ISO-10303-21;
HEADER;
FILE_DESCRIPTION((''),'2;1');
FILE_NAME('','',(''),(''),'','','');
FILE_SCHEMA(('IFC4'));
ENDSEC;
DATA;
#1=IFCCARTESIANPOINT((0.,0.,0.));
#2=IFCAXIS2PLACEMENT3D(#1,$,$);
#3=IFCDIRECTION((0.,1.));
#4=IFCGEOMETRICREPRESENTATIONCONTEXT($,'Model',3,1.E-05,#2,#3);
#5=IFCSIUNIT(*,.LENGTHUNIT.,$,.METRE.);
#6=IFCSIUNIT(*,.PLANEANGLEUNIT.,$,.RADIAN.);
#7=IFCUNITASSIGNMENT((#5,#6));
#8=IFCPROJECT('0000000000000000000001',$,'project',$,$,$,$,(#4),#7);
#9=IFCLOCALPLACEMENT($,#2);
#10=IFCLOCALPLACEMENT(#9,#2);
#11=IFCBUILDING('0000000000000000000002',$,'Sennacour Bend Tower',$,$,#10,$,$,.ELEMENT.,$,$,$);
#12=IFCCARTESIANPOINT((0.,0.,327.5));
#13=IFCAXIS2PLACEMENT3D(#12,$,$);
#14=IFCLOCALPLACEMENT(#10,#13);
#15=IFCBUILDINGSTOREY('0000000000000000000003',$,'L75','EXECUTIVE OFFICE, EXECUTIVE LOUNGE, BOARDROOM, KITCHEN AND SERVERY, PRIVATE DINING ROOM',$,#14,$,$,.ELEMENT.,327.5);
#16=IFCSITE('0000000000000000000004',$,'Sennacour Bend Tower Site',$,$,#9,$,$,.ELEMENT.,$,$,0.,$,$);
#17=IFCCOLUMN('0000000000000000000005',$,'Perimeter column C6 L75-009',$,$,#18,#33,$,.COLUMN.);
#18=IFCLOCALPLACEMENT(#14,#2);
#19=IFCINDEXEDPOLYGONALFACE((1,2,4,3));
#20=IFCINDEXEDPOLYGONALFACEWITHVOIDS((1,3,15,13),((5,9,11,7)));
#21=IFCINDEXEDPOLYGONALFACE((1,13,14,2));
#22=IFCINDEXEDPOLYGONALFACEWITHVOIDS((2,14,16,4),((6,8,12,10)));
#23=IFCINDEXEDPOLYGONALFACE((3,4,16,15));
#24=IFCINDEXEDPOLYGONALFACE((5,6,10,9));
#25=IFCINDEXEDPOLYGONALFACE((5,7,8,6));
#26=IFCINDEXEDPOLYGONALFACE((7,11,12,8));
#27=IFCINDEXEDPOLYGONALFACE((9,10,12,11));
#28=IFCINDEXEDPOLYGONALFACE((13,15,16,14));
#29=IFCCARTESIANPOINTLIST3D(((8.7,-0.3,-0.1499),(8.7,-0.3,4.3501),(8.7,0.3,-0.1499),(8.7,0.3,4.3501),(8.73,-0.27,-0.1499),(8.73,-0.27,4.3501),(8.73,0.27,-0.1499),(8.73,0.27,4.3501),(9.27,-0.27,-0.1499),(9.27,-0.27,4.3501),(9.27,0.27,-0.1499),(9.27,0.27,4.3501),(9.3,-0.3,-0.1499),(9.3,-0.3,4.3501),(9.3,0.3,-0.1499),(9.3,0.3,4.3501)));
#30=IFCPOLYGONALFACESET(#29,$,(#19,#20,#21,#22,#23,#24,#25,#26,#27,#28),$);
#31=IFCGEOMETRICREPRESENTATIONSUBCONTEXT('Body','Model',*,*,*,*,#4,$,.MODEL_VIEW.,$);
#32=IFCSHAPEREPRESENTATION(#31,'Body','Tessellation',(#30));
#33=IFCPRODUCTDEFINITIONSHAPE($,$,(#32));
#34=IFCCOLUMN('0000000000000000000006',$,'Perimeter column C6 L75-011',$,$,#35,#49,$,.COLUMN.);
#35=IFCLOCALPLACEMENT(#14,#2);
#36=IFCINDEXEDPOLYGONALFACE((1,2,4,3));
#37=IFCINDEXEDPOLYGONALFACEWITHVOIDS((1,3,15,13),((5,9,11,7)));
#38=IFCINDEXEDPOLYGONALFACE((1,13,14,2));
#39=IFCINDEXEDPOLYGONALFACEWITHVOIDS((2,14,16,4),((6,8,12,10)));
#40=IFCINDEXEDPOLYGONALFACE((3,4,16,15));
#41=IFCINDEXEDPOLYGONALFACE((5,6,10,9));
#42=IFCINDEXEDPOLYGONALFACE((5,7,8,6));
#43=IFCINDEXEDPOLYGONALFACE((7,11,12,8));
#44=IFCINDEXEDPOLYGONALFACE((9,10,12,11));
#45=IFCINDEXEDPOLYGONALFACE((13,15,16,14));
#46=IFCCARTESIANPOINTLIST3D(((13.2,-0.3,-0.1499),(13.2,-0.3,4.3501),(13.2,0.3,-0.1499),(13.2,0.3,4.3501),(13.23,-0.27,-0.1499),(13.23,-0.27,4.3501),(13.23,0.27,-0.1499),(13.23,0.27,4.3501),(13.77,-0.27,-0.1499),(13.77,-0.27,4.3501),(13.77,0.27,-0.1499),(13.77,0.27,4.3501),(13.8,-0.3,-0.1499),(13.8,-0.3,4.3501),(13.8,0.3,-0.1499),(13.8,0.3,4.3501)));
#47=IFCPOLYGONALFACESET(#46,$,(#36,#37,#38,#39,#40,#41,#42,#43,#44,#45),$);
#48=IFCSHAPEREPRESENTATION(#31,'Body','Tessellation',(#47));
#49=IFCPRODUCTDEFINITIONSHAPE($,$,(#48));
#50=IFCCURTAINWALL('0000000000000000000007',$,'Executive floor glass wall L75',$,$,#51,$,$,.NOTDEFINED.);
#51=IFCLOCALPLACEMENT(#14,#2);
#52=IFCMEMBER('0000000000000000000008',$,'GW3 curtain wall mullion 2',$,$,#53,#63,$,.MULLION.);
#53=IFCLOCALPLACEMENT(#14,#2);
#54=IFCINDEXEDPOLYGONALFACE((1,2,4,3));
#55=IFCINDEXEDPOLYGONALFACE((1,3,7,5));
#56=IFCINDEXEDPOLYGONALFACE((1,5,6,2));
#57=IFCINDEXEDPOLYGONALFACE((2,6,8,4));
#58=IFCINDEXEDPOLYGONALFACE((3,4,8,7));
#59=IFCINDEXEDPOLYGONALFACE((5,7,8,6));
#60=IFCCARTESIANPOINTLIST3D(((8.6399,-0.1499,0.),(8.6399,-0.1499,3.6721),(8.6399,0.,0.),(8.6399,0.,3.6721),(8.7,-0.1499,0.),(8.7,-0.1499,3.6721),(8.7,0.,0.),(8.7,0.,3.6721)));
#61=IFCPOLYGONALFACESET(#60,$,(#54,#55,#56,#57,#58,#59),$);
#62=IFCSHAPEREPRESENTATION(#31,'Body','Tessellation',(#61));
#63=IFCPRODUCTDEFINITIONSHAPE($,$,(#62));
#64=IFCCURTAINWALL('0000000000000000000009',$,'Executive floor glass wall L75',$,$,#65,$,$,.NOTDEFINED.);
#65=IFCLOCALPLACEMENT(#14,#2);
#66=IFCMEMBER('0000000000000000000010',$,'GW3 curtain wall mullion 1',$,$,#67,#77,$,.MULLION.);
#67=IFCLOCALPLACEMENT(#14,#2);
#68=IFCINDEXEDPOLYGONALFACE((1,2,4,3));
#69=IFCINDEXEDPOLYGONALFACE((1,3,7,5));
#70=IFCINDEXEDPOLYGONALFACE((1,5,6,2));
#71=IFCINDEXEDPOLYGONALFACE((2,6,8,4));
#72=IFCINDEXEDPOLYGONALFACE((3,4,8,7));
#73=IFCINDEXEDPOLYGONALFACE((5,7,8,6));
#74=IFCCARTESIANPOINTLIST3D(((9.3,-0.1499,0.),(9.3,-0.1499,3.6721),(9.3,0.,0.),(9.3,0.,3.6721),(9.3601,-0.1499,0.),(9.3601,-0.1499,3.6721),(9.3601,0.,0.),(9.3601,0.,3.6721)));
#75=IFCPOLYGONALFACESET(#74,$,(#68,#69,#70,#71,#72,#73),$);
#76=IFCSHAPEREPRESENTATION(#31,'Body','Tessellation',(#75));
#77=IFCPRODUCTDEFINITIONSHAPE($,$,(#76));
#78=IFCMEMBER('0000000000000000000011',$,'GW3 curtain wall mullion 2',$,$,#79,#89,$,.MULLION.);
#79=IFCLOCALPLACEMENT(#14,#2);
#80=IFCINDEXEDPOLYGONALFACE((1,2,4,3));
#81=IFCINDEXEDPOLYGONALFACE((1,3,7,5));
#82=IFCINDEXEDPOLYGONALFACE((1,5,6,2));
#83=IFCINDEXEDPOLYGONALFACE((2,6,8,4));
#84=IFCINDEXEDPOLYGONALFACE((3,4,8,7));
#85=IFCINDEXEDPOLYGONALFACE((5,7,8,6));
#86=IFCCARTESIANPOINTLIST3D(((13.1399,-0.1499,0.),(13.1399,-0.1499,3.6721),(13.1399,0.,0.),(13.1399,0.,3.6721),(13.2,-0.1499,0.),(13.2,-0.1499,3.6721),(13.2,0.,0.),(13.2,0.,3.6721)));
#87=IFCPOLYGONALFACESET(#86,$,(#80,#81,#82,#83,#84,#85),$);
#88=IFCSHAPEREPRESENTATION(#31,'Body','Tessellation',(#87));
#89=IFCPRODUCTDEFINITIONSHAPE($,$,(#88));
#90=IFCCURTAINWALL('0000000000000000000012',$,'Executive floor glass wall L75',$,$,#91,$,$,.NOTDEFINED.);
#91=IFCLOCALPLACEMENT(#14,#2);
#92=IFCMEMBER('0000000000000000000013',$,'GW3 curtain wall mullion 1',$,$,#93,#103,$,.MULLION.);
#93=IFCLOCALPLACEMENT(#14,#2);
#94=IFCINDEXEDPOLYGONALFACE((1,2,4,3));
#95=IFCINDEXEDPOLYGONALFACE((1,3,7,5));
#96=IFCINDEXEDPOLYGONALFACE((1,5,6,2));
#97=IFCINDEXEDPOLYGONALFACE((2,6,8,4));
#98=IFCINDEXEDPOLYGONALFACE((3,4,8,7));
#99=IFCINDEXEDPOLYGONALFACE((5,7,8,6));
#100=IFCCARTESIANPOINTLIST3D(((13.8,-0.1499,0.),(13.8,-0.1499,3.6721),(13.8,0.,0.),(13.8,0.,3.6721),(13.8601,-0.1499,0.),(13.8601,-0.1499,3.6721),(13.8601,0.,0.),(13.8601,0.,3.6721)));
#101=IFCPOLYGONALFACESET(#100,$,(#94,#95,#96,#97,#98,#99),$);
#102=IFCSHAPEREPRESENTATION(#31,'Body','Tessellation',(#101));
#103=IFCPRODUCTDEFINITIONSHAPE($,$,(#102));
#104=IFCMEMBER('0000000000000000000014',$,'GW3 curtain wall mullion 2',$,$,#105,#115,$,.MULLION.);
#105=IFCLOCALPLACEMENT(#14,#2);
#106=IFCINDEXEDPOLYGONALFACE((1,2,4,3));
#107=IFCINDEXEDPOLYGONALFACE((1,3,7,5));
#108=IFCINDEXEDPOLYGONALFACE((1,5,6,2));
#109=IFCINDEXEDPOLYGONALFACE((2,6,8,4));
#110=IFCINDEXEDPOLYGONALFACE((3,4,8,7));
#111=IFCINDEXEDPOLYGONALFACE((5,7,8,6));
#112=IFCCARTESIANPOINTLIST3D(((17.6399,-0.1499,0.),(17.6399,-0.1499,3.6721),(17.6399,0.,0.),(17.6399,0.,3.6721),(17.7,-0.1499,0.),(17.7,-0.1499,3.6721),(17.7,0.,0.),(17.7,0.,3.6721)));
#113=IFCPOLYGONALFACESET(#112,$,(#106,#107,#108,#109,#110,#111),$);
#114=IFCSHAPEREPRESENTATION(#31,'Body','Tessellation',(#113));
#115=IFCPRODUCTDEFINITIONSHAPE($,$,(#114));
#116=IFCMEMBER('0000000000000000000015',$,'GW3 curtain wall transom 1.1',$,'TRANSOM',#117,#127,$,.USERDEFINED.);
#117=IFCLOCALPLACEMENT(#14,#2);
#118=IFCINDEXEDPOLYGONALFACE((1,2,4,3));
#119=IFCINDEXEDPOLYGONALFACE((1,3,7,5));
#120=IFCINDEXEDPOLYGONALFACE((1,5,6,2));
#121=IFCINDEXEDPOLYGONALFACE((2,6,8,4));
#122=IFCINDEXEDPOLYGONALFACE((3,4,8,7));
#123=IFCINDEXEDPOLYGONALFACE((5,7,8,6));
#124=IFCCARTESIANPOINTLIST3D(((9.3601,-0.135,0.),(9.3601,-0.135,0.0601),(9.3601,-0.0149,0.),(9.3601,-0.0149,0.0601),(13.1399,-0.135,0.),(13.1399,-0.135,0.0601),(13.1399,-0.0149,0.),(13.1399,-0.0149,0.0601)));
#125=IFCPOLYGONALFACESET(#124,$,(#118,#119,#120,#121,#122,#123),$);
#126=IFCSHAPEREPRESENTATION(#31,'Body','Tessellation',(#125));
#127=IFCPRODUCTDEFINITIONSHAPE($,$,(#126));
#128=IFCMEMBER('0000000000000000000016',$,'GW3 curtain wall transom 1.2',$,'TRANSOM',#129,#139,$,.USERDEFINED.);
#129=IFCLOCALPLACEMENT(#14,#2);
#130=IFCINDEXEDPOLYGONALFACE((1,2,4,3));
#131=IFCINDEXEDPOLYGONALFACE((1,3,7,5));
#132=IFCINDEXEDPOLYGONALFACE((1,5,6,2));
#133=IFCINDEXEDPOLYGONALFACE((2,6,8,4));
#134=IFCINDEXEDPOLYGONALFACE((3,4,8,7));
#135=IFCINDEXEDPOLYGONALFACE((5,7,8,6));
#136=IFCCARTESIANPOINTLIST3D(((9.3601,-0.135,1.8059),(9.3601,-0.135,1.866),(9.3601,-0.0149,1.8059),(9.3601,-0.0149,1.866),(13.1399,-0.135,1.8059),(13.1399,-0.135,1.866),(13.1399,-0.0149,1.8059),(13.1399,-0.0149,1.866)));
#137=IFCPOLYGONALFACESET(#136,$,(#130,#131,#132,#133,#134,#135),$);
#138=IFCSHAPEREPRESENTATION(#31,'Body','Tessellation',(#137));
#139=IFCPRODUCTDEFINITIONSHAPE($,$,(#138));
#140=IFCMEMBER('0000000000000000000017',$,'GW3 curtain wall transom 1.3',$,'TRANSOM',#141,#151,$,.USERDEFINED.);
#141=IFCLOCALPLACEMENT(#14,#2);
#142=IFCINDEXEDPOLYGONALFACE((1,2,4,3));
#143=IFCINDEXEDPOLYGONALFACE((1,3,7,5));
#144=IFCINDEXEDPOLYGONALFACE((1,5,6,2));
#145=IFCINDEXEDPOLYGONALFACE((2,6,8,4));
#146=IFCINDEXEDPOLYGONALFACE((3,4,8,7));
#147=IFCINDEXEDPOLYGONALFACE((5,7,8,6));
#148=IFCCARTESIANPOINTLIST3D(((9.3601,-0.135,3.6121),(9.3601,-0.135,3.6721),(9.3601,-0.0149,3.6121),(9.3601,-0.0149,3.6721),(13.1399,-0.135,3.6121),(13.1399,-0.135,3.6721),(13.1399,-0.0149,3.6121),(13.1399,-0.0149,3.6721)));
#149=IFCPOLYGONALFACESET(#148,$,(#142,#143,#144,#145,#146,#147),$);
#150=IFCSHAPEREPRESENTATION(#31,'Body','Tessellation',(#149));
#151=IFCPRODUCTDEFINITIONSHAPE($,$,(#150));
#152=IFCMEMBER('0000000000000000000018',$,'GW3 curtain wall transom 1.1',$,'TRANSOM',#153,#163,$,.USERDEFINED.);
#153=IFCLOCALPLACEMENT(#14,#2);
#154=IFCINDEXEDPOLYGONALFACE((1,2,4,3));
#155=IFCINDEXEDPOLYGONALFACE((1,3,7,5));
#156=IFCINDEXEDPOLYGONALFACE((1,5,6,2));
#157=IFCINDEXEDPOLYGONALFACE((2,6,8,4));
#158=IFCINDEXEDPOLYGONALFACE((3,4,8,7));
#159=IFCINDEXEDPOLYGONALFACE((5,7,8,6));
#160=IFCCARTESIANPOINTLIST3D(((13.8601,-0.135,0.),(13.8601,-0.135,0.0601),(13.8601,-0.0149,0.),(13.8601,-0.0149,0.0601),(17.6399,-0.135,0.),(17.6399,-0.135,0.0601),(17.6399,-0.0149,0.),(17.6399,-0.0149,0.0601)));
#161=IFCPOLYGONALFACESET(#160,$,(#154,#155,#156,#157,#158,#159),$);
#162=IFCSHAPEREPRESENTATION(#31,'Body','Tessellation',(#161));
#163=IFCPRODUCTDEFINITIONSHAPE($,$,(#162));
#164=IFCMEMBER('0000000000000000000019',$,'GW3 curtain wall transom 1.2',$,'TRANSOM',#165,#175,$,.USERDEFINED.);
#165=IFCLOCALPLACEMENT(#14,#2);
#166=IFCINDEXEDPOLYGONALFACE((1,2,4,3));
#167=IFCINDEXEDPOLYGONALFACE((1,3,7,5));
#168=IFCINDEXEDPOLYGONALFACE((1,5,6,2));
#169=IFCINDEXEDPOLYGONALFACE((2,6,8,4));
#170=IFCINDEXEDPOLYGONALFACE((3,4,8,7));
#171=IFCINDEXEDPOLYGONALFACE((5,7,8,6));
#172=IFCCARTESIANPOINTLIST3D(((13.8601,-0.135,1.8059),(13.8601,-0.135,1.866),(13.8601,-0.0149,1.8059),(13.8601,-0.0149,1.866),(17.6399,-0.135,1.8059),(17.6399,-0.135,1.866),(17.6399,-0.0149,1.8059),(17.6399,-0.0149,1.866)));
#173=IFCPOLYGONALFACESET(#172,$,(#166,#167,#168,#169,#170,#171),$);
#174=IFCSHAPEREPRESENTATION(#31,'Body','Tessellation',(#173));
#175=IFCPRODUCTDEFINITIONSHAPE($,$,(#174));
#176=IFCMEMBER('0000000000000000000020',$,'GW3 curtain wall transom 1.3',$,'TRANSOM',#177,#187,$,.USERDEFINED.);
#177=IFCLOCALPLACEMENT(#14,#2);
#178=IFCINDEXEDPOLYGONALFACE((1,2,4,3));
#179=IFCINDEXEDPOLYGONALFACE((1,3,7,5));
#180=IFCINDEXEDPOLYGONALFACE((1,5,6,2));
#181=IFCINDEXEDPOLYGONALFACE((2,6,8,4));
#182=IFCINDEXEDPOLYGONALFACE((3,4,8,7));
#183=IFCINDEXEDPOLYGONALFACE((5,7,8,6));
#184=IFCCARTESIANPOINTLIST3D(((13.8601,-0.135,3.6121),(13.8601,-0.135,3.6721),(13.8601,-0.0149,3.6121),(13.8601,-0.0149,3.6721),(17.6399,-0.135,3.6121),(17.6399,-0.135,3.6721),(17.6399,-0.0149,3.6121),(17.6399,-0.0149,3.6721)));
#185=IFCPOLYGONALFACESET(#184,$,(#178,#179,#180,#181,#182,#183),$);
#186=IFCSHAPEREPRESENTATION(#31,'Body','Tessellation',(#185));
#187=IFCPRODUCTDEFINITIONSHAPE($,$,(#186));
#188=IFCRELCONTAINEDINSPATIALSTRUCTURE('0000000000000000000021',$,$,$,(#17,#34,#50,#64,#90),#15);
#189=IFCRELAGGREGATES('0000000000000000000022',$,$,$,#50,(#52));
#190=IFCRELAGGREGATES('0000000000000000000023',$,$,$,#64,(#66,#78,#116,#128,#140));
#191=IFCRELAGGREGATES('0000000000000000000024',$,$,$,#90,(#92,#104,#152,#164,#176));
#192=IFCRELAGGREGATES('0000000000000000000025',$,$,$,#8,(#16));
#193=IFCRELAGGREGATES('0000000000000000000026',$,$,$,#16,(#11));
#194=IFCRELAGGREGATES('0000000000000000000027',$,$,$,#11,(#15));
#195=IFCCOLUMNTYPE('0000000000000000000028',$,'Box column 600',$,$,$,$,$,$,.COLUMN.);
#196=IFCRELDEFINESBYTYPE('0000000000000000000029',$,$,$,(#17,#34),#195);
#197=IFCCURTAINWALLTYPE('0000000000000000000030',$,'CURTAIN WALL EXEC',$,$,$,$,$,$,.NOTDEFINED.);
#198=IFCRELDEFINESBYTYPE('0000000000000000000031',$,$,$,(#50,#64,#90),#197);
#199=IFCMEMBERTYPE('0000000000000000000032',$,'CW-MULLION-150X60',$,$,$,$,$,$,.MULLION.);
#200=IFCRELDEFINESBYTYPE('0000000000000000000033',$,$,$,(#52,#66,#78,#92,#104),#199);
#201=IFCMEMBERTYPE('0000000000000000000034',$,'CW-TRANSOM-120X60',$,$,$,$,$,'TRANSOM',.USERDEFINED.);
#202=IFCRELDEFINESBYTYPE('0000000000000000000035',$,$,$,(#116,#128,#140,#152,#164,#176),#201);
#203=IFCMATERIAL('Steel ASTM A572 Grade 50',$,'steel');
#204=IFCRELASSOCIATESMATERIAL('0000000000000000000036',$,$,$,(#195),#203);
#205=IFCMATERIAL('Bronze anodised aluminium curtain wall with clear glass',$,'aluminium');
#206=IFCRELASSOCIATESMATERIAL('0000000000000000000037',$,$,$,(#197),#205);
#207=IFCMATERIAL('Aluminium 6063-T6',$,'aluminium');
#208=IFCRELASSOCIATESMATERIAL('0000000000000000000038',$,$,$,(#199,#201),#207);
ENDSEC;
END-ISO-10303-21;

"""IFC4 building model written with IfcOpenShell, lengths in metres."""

from ifc_helpers import new_model, si_unit, direction, frame, origin, origin_2d, place, context, subcontext, project, spatial, rectangle, hollow_rectangle, extrude, material, material_profile, profile_set, type_object, element, aggregate, save


model = new_model("IFC4")

# Units and contexts
model_context = context("Model", 3, precision=1e-05, world=origin(), true_north=direction((0.0, 1.0)))
body_context = subcontext(model_context, "Body", "Model", "MODEL_VIEW")
ifc_project = project(units=[si_unit("LENGTHUNIT", "METRE"), si_unit("PLANEANGLEUNIT", "RADIAN")], contexts=[model_context])

# Site, building, storey
site_placement = place(None, origin())
site = spatial("IfcSite", under=ifc_project, at=site_placement, Name="Sennacour Bend Tower Site", CompositionType="ELEMENT", RefElevation=0.0)
building_placement = place(site_placement, origin())
building = spatial("IfcBuilding", under=site, at=building_placement, Name="Sennacour Bend Tower", CompositionType="ELEMENT")
storey_placement = place(building_placement, frame((0.0, 0.0, 327.5)))
storey = spatial("IfcBuildingStorey", under=building, at=storey_placement, Name="L75", Description="EXECUTIVE OFFICE, EXECUTIVE LOUNGE, BOARDROOM, KITCHEN AND SERVERY, PRIVATE DINING ROOM", CompositionType="ELEMENT", Elevation=327.5)

# Columns
ifc_material_1 = material(Name="Steel ASTM A572 Grade 50", Category="steel")
ifc_material_profile_1 = material_profile(ifc_material_1, hollow_rectangle(XDim=0.6001, YDim=0.6001, WallThickness=0.03, at=origin_2d()), Name="Steel ASTM A572 Grade 50", Category="steel")
ifc_profile_set_1 = profile_set([ifc_material_profile_1], Name="Steel ASTM A572 Grade 50")
column_type = type_object("IfcColumnType", Name="Box column 600", PredefinedType="COLUMN", material=ifc_profile_set_1)
for number, where, z_axis, x_axis, name in (
    (1, (9.0, 0.0, -0.1499), (0.0, 0.0, 1.0), (1.0, 0.0, 0.0), "Perimeter column C6 L75-009"),
    (2, (13.5, 0.0, -0.1499), (0.0, 0.0, 1.0), (1.0, 0.0, 0.0), "Perimeter column C6 L75-011"),
):
    element("IfcColumn", number, at=place(storey_placement, frame(where, z_axis=z_axis, x_axis=x_axis)), inside=storey, type_object=column_type, Name=name, PredefinedType="COLUMN", context=body_context, shape_type="SweptSolid", body=[
        extrude(hollow_rectangle(XDim=0.6001, YDim=0.6001, WallThickness=0.03, at=origin_2d()), origin(), (0.0, 0.0, 1.0), 4.5),
    ])

# Curtain wall, member
ifc_material_2 = material(Name="Bronze anodised aluminium curtain wall with clear glass", Category="aluminium")
curtain_wall_type = type_object("IfcCurtainWallType", Name="CURTAIN WALL EXEC", PredefinedType="NOTDEFINED", material=ifc_material_2)
curtain_wall_1_placement = place(storey_placement, origin())
curtain_wall_1 = element("IfcCurtainWall", 3, at=curtain_wall_1_placement, inside=storey, type_object=curtain_wall_type, Name="Executive floor glass wall L75", PredefinedType="NOTDEFINED")
ifc_material_3 = material(Name="Aluminium 6063-T6", Category="aluminium")
ifc_material_profile_2 = material_profile(ifc_material_3, rectangle(XDim=0.1499, YDim=0.0601, at=origin_2d()), Name="Aluminium 6063-T6", Category="aluminium")
ifc_profile_set_2 = profile_set([ifc_material_profile_2], Name="Aluminium 6063-T6")
member_type_1 = type_object("IfcMemberType", Name="CW-MULLION-150X60", PredefinedType="MULLION", material=ifc_profile_set_2)
member_1_placement = place(storey_placement, frame((8.6699, -0.075, 0.0), z_axis=(0.0, 0.0, 1.0), x_axis=(0.0, 1.0, 0.0)))
member_1 = element("IfcMember", 4, at=member_1_placement, type_object=member_type_1, Name="GW3 curtain wall mullion 2", PredefinedType="MULLION", context=body_context, shape_type="SweptSolid", body=[
    extrude(rectangle(XDim=0.1499, YDim=0.0601, at=origin_2d()), origin(), (0.0, 0.0, 1.0), 3.6721),
])
aggregate(curtain_wall_1, [member_1])

# Curtain walls, members
curtain_wall_2_placement = place(storey_placement, origin())
curtain_wall_2 = element("IfcCurtainWall", 5, at=curtain_wall_2_placement, inside=storey, type_object=curtain_wall_type, Name="Executive floor glass wall L75", PredefinedType="NOTDEFINED")
member_2_placement = place(storey_placement, frame((9.3301, -0.075, 0.0), z_axis=(0.0, 0.0, 1.0), x_axis=(0.0, 1.0, 0.0)))
member_2 = element("IfcMember", 6, at=member_2_placement, type_object=member_type_1, Name="GW3 curtain wall mullion 1", PredefinedType="MULLION", context=body_context, shape_type="SweptSolid", body=[
    extrude(rectangle(XDim=0.1499, YDim=0.0601, at=origin_2d()), origin(), (0.0, 0.0, 1.0), 3.6721),
])
member_3_placement = place(storey_placement, frame((13.1699, -0.075, 0.0), z_axis=(0.0, 0.0, 1.0), x_axis=(0.0, 1.0, 0.0)))
member_3 = element("IfcMember", 7, at=member_3_placement, type_object=member_type_1, Name="GW3 curtain wall mullion 2", PredefinedType="MULLION", context=body_context, shape_type="SweptSolid", body=[
    extrude(rectangle(XDim=0.1499, YDim=0.0601, at=origin_2d()), origin(), (0.0, 0.0, 1.0), 3.6721),
])
curtain_wall_3_placement = place(storey_placement, origin())
curtain_wall_3 = element("IfcCurtainWall", 8, at=curtain_wall_3_placement, inside=storey, type_object=curtain_wall_type, Name="Executive floor glass wall L75", PredefinedType="NOTDEFINED")
member_4_placement = place(storey_placement, frame((13.8301, -0.075, 0.0), z_axis=(0.0, 0.0, 1.0), x_axis=(0.0, 1.0, 0.0)))
member_4 = element("IfcMember", 9, at=member_4_placement, type_object=member_type_1, Name="GW3 curtain wall mullion 1", PredefinedType="MULLION", context=body_context, shape_type="SweptSolid", body=[
    extrude(rectangle(XDim=0.1499, YDim=0.0601, at=origin_2d()), origin(), (0.0, 0.0, 1.0), 3.6721),
])
member_5_placement = place(storey_placement, frame((17.6699, -0.075, 0.0), z_axis=(0.0, 0.0, 1.0), x_axis=(0.0, 1.0, 0.0)))
member_5 = element("IfcMember", 10, at=member_5_placement, type_object=member_type_1, Name="GW3 curtain wall mullion 2", PredefinedType="MULLION", context=body_context, shape_type="SweptSolid", body=[
    extrude(rectangle(XDim=0.1499, YDim=0.0601, at=origin_2d()), origin(), (0.0, 0.0, 1.0), 3.6721),
])

# Members
ifc_material_profile_3 = material_profile(ifc_material_3, rectangle(XDim=0.1201, YDim=0.0601, at=origin_2d()), Name="Aluminium 6063-T6", Category="aluminium")
ifc_profile_set_3 = profile_set([ifc_material_profile_3], Name="Aluminium 6063-T6")
member_type_2 = type_object("IfcMemberType", Name="CW-TRANSOM-120X60", ElementType="TRANSOM", PredefinedType="USERDEFINED", material=ifc_profile_set_3)
member_6_placement = place(storey_placement, frame((9.3601, -0.075, 0.03), z_axis=(1.0, 0.0, 0.0), x_axis=(0.0, 1.0, 0.0)))
member_6 = element("IfcMember", 11, at=member_6_placement, type_object=member_type_2, Name="GW3 curtain wall transom 1.1", ObjectType="TRANSOM", PredefinedType="USERDEFINED", context=body_context, shape_type="SweptSolid", body=[
    extrude(rectangle(XDim=0.1201, YDim=0.0601, at=origin_2d()), origin(), (0.0, 0.0, 1.0), 3.7798),
])
member_7_placement = place(storey_placement, frame((9.3601, -0.075, 1.8359), z_axis=(1.0, 0.0, 0.0), x_axis=(0.0, 1.0, 0.0)))
member_7 = element("IfcMember", 12, at=member_7_placement, type_object=member_type_2, Name="GW3 curtain wall transom 1.2", ObjectType="TRANSOM", PredefinedType="USERDEFINED", context=body_context, shape_type="SweptSolid", body=[
    extrude(rectangle(XDim=0.1201, YDim=0.0601, at=origin_2d()), origin(), (0.0, 0.0, 1.0), 3.7798),
])
member_8_placement = place(storey_placement, frame((9.3601, -0.075, 3.6421), z_axis=(1.0, 0.0, 0.0), x_axis=(0.0, 1.0, 0.0)))
member_8 = element("IfcMember", 13, at=member_8_placement, type_object=member_type_2, Name="GW3 curtain wall transom 1.3", ObjectType="TRANSOM", PredefinedType="USERDEFINED", context=body_context, shape_type="SweptSolid", body=[
    extrude(rectangle(XDim=0.1201, YDim=0.0601, at=origin_2d()), origin(), (0.0, 0.0, 1.0), 3.7798),
])
member_9_placement = place(storey_placement, frame((13.8601, -0.075, 0.03), z_axis=(1.0, 0.0, 0.0), x_axis=(0.0, 1.0, 0.0)))
member_9 = element("IfcMember", 14, at=member_9_placement, type_object=member_type_2, Name="GW3 curtain wall transom 1.1", ObjectType="TRANSOM", PredefinedType="USERDEFINED", context=body_context, shape_type="SweptSolid", body=[
    extrude(rectangle(XDim=0.1201, YDim=0.0601, at=origin_2d()), origin(), (0.0, 0.0, 1.0), 3.7798),
])
member_10_placement = place(storey_placement, frame((13.8601, -0.075, 1.8359), z_axis=(1.0, 0.0, 0.0), x_axis=(0.0, 1.0, 0.0)))
member_10 = element("IfcMember", 15, at=member_10_placement, type_object=member_type_2, Name="GW3 curtain wall transom 1.2", ObjectType="TRANSOM", PredefinedType="USERDEFINED", context=body_context, shape_type="SweptSolid", body=[
    extrude(rectangle(XDim=0.1201, YDim=0.0601, at=origin_2d()), origin(), (0.0, 0.0, 1.0), 3.7798),
])
member_11_placement = place(storey_placement, frame((13.8601, -0.075, 3.6421), z_axis=(1.0, 0.0, 0.0), x_axis=(0.0, 1.0, 0.0)))
member_11 = element("IfcMember", 16, at=member_11_placement, type_object=member_type_2, Name="GW3 curtain wall transom 1.3", ObjectType="TRANSOM", PredefinedType="USERDEFINED", context=body_context, shape_type="SweptSolid", body=[
    extrude(rectangle(XDim=0.1201, YDim=0.0601, at=origin_2d()), origin(), (0.0, 0.0, 1.0), 3.7798),
])

aggregate(curtain_wall_2, [member_2, member_3, member_6, member_7, member_8])
aggregate(curtain_wall_3, [member_4, member_5, member_9, member_10, member_11])

save(model, "model.ifc")
